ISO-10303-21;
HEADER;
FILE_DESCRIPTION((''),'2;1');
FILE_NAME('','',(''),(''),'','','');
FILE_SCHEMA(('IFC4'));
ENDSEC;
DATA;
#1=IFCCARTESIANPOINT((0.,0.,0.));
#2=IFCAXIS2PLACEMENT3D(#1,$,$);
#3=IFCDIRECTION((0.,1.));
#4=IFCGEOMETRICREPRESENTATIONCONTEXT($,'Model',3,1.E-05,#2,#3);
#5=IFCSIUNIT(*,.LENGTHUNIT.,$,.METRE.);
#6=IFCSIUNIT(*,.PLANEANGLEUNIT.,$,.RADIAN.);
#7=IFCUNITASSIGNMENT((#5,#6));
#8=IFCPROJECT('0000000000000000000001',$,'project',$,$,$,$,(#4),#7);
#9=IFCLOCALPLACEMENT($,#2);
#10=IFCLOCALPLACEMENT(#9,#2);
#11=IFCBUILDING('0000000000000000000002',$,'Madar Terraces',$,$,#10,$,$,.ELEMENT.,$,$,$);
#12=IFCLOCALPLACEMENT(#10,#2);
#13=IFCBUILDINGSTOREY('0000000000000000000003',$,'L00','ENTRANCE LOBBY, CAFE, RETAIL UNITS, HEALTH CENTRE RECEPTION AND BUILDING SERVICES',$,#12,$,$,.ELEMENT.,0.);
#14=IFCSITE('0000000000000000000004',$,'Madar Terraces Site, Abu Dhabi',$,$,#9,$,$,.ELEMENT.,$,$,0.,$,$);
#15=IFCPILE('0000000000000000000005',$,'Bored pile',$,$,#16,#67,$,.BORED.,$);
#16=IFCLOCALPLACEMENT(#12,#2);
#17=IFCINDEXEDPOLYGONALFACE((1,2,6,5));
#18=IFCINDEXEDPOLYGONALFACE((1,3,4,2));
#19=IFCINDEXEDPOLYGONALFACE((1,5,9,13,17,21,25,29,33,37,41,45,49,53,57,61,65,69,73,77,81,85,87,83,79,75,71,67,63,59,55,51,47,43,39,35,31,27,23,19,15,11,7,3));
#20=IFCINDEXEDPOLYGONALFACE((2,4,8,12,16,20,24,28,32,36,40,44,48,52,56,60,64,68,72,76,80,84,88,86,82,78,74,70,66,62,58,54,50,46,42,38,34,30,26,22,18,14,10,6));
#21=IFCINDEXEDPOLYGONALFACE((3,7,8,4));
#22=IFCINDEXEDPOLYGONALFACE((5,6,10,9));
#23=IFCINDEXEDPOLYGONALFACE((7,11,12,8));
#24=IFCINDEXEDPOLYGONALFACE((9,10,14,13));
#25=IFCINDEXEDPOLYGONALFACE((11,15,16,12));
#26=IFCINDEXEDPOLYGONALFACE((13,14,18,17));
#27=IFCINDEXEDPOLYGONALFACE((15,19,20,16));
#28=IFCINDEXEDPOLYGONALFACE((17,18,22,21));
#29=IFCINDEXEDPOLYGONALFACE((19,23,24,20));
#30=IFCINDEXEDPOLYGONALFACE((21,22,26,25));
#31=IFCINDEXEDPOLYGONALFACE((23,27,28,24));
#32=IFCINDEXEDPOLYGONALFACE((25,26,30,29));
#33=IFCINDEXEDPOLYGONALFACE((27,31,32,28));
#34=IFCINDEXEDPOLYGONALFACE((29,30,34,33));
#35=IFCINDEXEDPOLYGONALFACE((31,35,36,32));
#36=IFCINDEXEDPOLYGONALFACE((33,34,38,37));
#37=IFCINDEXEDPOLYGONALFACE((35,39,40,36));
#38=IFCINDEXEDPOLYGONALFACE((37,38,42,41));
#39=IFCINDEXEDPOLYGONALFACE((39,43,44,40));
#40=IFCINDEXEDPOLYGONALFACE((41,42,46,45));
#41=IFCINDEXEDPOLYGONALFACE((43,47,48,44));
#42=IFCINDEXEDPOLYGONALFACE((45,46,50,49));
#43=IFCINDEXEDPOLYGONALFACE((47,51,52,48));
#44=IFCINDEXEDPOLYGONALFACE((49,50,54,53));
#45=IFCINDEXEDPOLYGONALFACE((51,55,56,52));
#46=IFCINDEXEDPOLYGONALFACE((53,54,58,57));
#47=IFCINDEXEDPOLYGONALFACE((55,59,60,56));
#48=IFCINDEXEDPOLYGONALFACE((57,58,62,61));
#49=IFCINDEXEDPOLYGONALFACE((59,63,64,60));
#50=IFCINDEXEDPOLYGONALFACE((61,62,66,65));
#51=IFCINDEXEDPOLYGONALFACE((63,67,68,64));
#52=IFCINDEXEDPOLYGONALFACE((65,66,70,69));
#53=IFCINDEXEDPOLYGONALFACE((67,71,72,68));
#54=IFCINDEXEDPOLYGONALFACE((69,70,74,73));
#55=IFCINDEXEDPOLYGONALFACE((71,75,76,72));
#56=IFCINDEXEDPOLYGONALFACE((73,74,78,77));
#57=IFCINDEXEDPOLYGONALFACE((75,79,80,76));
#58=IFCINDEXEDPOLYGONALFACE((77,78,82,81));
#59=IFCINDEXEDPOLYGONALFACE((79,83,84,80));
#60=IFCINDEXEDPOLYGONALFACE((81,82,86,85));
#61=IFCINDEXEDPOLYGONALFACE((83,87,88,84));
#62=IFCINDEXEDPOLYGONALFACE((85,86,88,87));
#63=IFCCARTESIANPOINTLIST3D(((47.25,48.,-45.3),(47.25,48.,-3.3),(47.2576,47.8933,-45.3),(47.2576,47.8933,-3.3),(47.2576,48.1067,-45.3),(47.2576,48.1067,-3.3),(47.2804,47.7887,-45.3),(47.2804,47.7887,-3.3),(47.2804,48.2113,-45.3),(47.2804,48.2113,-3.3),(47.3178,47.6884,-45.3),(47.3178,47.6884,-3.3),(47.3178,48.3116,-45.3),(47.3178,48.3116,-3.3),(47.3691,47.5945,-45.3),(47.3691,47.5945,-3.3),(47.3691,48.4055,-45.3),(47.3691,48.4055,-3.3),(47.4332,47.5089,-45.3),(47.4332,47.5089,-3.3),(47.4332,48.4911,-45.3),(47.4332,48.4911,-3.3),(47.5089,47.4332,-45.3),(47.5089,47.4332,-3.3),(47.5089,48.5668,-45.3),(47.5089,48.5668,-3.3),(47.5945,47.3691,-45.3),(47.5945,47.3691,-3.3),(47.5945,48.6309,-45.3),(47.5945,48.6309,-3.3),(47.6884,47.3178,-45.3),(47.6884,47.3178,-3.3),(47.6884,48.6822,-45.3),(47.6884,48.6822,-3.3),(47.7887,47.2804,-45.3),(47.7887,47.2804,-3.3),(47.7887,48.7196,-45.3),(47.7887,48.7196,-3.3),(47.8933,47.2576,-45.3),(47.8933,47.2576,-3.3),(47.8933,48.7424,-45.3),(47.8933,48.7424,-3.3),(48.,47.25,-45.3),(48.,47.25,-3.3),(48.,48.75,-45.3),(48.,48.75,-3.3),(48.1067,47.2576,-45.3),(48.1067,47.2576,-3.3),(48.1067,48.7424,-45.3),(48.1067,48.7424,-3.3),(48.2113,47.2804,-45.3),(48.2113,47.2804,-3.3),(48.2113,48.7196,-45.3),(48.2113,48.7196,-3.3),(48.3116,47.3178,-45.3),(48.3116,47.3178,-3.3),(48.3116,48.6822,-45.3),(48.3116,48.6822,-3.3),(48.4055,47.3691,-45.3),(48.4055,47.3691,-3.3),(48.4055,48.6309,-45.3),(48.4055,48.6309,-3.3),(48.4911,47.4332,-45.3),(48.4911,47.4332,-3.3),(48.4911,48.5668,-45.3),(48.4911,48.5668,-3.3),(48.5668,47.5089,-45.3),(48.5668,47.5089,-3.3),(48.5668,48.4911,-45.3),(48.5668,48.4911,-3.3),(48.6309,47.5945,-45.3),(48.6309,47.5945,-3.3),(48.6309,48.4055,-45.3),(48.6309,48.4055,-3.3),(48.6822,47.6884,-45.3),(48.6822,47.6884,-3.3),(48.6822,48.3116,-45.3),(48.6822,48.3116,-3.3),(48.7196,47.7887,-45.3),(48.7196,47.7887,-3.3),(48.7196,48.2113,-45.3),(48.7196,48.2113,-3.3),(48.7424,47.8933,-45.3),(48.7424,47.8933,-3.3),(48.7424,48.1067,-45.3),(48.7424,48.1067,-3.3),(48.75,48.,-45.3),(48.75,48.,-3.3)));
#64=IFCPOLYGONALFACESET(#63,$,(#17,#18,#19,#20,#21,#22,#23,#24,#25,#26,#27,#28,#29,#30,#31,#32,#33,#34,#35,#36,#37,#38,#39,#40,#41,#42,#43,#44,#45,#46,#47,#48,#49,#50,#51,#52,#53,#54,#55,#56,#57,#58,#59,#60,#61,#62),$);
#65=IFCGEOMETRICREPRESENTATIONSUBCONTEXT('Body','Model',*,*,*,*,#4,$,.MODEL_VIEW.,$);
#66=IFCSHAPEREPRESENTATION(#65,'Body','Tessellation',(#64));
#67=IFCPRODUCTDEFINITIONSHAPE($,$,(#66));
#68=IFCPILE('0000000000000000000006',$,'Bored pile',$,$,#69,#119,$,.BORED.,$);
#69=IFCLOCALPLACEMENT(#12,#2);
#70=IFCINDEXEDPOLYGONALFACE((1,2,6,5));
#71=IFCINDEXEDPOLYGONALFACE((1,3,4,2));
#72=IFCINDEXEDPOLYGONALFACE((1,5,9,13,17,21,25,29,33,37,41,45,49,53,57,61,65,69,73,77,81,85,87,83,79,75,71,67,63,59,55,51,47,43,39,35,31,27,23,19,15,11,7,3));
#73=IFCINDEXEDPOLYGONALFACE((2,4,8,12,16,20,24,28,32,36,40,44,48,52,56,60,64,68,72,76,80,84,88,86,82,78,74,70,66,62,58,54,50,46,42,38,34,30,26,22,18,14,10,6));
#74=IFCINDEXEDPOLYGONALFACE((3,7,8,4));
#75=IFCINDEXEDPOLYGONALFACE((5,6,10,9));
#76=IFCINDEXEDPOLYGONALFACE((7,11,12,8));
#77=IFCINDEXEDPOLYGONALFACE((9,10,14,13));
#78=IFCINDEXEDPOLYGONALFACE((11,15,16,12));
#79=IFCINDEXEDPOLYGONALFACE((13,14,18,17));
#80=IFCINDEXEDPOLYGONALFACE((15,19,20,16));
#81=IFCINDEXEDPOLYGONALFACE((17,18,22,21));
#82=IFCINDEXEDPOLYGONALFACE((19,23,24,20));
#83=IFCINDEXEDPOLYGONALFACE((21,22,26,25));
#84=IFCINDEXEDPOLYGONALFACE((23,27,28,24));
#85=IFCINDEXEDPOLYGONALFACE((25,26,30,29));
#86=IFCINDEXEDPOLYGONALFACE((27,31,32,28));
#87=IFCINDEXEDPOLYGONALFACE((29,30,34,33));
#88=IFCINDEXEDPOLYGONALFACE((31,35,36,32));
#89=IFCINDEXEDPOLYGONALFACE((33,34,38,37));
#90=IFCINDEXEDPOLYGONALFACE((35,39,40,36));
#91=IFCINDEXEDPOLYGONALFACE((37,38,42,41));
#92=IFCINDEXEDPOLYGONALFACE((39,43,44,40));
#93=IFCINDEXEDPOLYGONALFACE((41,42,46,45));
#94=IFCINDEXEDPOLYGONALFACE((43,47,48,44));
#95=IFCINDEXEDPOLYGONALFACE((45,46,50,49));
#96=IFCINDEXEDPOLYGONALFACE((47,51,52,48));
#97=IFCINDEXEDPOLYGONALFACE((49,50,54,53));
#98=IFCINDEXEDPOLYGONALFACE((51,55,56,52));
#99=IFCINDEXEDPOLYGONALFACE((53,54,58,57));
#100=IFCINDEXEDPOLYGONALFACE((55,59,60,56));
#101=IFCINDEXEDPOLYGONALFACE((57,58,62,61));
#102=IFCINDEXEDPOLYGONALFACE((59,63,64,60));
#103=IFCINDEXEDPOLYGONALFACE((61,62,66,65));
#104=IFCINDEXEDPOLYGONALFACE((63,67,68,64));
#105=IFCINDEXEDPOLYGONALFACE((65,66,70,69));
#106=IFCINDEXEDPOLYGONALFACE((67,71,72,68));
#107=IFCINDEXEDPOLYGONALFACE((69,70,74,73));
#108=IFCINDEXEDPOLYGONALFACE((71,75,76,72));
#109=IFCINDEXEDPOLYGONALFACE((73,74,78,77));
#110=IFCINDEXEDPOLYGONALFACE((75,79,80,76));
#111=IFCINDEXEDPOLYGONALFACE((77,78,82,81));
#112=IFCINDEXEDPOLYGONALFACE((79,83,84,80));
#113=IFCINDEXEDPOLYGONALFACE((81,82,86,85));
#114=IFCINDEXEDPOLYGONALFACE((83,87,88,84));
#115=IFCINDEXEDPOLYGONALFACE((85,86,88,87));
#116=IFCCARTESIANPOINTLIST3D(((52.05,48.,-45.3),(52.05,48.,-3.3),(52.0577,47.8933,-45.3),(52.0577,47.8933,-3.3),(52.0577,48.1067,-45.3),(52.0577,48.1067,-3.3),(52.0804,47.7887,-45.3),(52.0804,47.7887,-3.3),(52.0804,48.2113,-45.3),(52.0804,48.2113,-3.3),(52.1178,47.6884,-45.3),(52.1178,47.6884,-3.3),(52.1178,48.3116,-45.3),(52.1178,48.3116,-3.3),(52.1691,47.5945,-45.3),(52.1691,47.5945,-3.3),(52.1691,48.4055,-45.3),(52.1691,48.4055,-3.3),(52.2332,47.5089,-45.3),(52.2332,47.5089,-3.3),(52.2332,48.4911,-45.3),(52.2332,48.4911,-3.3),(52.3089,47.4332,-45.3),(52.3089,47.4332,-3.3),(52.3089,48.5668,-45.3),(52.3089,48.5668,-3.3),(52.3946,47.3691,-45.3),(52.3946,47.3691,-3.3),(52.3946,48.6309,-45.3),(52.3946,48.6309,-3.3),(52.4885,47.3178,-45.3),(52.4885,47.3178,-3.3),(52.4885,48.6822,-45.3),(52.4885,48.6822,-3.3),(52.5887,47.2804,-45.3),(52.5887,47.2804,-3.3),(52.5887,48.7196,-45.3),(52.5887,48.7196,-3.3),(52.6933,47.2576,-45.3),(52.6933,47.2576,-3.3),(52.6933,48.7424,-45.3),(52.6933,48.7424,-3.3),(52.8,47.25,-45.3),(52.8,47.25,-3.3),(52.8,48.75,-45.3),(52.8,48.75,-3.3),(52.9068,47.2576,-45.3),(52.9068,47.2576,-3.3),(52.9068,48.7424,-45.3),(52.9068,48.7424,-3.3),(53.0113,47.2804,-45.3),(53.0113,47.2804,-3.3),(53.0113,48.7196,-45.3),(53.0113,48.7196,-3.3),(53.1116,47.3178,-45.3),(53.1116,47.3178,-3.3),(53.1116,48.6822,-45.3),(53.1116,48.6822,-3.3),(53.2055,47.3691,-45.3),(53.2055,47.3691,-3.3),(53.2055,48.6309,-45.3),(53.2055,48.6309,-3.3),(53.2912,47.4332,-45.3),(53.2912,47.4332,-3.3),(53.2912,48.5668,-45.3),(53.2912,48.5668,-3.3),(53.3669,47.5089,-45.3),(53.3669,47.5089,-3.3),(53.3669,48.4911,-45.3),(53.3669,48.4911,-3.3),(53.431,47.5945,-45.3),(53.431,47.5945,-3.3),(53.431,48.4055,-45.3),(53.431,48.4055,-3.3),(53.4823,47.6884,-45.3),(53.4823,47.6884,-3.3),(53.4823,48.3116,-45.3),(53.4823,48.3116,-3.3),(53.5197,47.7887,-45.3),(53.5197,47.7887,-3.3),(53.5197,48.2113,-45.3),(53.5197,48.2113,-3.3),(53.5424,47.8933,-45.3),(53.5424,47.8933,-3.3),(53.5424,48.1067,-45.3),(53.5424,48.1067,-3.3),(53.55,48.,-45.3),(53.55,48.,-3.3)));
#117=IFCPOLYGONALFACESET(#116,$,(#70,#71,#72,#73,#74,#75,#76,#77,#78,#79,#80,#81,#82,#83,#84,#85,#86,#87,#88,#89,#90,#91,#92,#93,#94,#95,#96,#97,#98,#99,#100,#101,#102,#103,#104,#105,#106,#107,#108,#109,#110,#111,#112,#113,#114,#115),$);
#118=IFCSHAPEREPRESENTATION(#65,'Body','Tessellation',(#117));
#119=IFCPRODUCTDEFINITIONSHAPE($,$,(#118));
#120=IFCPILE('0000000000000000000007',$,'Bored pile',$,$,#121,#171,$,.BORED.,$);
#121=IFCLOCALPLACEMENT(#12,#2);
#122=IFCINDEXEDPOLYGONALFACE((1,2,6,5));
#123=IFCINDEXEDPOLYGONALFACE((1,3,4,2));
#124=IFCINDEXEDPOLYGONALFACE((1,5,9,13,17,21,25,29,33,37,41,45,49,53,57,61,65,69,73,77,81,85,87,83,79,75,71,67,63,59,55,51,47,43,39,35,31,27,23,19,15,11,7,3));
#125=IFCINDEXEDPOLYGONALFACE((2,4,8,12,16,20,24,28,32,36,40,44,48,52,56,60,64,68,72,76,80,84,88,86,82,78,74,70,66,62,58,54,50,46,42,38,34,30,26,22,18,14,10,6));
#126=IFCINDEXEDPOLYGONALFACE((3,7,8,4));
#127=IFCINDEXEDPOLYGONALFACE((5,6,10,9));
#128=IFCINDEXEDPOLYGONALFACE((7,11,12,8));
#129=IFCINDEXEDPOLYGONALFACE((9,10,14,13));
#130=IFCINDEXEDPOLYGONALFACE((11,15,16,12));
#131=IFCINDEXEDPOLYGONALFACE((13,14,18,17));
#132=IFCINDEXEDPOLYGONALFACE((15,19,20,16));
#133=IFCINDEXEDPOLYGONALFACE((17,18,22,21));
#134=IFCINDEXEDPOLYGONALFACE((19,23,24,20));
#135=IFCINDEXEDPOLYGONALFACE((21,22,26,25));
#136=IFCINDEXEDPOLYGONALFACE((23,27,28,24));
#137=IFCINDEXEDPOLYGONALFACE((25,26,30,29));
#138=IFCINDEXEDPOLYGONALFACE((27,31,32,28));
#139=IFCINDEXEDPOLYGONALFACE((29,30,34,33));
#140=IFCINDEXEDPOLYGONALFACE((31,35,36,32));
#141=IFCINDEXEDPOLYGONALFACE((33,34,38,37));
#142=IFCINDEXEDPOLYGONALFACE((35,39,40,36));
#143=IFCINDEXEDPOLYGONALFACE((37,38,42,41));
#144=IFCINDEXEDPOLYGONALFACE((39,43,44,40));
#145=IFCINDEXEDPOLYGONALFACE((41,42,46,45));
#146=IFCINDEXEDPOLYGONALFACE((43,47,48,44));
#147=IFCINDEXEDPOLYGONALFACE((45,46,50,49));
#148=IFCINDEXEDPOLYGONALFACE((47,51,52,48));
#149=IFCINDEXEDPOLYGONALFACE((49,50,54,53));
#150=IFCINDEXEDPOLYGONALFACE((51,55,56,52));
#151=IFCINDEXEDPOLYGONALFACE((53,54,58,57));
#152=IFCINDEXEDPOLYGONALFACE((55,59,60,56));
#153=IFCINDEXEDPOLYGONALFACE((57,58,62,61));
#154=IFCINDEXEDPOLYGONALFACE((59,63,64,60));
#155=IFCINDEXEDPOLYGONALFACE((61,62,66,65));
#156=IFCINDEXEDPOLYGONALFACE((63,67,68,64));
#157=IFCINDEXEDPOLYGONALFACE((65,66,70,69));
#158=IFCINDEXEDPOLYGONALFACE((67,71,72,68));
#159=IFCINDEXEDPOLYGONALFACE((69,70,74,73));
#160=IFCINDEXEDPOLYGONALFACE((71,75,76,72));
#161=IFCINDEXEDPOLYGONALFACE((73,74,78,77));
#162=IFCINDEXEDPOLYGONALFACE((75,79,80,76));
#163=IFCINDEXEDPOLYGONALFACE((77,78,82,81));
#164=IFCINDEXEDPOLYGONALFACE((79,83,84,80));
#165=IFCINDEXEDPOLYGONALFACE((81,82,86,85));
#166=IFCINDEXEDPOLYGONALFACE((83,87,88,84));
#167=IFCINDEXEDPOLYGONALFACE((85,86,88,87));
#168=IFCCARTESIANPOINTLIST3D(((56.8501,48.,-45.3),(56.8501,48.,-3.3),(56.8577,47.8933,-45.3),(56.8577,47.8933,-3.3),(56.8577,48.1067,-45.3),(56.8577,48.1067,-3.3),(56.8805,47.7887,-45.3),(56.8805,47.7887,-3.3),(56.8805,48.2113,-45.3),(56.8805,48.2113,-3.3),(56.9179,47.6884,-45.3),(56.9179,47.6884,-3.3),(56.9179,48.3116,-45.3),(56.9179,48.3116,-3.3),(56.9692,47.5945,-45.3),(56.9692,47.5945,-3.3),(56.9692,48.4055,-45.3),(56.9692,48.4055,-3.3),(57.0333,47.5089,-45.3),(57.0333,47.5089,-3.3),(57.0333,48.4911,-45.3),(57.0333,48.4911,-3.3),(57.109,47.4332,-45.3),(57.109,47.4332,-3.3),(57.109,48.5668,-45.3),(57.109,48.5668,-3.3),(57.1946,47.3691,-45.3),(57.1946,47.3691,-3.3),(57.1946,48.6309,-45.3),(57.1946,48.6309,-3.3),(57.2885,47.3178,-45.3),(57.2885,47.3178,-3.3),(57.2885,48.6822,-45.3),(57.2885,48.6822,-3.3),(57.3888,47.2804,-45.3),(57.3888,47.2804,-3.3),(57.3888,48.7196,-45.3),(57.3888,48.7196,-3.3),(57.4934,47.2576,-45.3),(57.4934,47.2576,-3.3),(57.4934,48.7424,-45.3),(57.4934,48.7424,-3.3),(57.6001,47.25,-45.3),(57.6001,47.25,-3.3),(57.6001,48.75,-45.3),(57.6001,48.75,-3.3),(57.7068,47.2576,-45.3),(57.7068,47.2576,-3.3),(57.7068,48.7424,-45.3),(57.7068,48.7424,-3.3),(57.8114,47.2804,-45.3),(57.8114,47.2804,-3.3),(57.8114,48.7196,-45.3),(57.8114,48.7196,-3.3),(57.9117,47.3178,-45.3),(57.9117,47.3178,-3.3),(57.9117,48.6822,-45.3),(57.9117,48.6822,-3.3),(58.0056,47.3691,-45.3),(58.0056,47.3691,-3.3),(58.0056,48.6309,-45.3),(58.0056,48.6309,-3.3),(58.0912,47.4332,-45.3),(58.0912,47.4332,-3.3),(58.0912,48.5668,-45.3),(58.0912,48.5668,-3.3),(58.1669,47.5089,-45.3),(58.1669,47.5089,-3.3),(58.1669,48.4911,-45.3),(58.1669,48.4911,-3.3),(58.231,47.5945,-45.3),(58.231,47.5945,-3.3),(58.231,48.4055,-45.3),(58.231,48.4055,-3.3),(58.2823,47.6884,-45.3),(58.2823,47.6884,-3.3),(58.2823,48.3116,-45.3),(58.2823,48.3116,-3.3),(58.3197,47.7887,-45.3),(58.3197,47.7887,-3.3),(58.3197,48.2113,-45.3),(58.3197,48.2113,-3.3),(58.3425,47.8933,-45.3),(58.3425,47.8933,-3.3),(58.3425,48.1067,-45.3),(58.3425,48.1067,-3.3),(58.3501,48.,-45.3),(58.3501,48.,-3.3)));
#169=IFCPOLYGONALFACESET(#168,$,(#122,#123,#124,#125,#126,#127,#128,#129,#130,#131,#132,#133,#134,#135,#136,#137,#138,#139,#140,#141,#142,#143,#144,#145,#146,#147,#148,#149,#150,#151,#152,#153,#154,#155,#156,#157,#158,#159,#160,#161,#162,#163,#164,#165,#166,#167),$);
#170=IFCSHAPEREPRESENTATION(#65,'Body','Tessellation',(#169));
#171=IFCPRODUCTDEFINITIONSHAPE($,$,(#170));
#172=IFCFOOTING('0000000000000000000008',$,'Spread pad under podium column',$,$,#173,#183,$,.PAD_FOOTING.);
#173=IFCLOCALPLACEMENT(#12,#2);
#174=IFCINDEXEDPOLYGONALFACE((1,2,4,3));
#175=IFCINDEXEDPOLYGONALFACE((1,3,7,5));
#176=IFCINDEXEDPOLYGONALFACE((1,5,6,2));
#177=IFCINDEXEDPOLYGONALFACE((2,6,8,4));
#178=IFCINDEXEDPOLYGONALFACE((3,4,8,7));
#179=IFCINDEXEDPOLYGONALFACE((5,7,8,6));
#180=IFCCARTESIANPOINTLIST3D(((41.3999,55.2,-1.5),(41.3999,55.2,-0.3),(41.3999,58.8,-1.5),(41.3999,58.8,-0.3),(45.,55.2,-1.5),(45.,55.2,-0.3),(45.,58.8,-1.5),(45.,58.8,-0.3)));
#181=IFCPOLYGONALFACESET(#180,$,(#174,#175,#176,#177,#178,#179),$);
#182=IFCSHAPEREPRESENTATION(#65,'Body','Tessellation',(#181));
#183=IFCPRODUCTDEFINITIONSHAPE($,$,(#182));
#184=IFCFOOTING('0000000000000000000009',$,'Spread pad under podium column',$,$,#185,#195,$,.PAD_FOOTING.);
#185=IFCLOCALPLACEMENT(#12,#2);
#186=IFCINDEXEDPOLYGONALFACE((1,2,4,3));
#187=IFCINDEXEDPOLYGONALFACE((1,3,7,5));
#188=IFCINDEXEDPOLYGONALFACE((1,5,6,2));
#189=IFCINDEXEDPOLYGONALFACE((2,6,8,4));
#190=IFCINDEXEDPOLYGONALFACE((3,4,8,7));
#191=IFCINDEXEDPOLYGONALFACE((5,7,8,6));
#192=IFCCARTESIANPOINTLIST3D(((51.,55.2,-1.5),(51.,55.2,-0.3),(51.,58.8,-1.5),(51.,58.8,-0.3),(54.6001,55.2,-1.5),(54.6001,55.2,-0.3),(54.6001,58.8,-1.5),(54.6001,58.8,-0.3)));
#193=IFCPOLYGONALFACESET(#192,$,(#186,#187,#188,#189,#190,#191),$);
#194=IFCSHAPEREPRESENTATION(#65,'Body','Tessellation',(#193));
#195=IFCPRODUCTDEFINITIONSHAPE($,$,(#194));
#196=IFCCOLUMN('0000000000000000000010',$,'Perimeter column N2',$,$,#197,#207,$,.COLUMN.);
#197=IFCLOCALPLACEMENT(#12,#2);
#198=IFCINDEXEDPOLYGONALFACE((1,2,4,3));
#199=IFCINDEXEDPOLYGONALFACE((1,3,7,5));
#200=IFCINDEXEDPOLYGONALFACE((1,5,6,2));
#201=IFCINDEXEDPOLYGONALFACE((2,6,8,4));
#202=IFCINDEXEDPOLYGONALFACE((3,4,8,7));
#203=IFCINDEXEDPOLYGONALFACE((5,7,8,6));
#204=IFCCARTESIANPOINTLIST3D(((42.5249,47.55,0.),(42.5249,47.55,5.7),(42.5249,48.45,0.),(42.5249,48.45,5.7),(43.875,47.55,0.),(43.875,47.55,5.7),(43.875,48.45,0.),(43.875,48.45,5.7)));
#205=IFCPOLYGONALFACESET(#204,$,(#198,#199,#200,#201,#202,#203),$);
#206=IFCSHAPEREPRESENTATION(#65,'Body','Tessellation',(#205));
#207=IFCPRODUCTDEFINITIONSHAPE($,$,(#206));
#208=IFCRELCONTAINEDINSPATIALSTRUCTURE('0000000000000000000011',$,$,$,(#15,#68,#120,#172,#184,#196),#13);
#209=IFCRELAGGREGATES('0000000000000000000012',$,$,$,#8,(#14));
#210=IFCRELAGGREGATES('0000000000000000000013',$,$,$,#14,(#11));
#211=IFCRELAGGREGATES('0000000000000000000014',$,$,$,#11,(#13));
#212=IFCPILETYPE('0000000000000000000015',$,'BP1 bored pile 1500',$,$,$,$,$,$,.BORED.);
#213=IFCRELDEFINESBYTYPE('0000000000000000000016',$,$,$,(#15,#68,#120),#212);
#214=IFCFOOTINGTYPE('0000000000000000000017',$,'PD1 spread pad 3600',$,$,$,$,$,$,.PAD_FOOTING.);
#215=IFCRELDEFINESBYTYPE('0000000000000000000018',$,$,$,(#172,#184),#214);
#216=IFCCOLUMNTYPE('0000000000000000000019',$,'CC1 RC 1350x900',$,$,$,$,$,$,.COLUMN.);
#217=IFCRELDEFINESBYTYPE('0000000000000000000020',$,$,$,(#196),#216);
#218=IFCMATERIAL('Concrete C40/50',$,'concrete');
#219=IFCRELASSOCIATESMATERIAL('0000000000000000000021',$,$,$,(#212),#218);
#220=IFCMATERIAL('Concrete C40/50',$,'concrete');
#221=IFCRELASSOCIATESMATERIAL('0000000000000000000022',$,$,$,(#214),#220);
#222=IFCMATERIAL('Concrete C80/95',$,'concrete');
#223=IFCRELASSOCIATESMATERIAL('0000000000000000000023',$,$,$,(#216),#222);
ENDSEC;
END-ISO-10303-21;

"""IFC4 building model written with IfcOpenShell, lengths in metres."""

from ifc_helpers import new_model, si_unit, direction, frame, origin, origin_2d, place, context, subcontext, project, spatial, rectangle, circle, extrude, material, material_profile, profile_set, type_object, element, save


model = new_model("IFC4")

# Units and contexts
model_context = context("Model", 3, precision=1e-05, world=origin(), true_north=direction((0.0, 1.0)))
body_context = subcontext(model_context, "Body", "Model", "MODEL_VIEW")
ifc_project = project(units=[si_unit("LENGTHUNIT", "METRE"), si_unit("PLANEANGLEUNIT", "RADIAN")], contexts=[model_context])

# Site, building, storey
site_placement = place(None, origin())
site = spatial("IfcSite", under=ifc_project, at=site_placement, Name="Madar Terraces Site, Abu Dhabi", CompositionType="ELEMENT", RefElevation=0.0)
building_placement = place(site_placement, origin())
building = spatial("IfcBuilding", under=site, at=building_placement, Name="Madar Terraces", CompositionType="ELEMENT")
storey_placement = place(building_placement, origin())
storey = spatial("IfcBuildingStorey", under=building, at=storey_placement, Name="L00", Description="ENTRANCE LOBBY, CAFE, RETAIL UNITS, HEALTH CENTRE RECEPTION AND BUILDING SERVICES", CompositionType="ELEMENT", Elevation=0.0)

# Piles
ifc_material_1 = material(Name="Concrete C40/50", Category="concrete")
ifc_material_profile_1 = material_profile(ifc_material_1, circle(Radius=0.75, at=origin_2d()), Name="BP1 bored pile 1500")
ifc_profile_set_1 = profile_set([ifc_material_profile_1], Name="Concrete C40/50")
pile_type = type_object("IfcPileType", Name="BP1 bored pile 1500", PredefinedType="BORED", material=ifc_profile_set_1)
for number, where, z_axis, x_axis, name in (
    (1, (48.0, 48.0, -3.3), (0.0, 0.0, -1.0), (1.0, 0.0, 0.0), "Bored pile"),
    (2, (52.8, 48.0, -3.3), (0.0, 0.0, -1.0), (1.0, 0.0, 0.0), "Bored pile"),
    (3, (57.6001, 48.0, -3.3), (0.0, 0.0, -1.0), (1.0, 0.0, 0.0), "Bored pile"),
):
    element("IfcPile", number, at=place(storey_placement, frame(where, z_axis=z_axis, x_axis=x_axis)), inside=storey, type_object=pile_type, Name=name, PredefinedType="BORED", context=body_context, shape_type="SweptSolid", body=[
        extrude(circle(Radius=0.75, at=origin_2d()), origin(), (0.0, 0.0, 1.0), 42.0),
    ])

# Footings
ifc_material_2 = material(Name="Concrete C40/50", Category="concrete")
footing_type = type_object("IfcFootingType", Name="PD1 spread pad 3600", PredefinedType="PAD_FOOTING", material=ifc_material_2)
for number, where, z_axis, x_axis, name in (
    (4, (43.2, 57.0, -1.5), (0.0, 0.0, 1.0), (1.0, 0.0, 0.0), "Spread pad under podium column"),
    (5, (52.8, 57.0, -1.5), (0.0, 0.0, 1.0), (1.0, 0.0, 0.0), "Spread pad under podium column"),
):
    element("IfcFooting", number, at=place(storey_placement, frame(where, z_axis=z_axis, x_axis=x_axis)), inside=storey, type_object=footing_type, Name=name, PredefinedType="PAD_FOOTING", context=body_context, shape_type="SweptSolid", body=[
        extrude(rectangle(XDim=3.6001, YDim=3.6001, at=origin_2d()), origin(), (0.0, 0.0, 1.0), 1.2),
    ])

# Column
ifc_material_3 = material(Name="Concrete C80/95", Category="concrete")
ifc_material_profile_2 = material_profile(ifc_material_3, rectangle(XDim=1.3501, YDim=0.8999, at=origin_2d()), Name="CC1 RC 1350x900")
ifc_profile_set_2 = profile_set([ifc_material_profile_2], Name="Concrete C80/95")
column_type_1 = type_object("IfcColumnType", Name="CC1 RC 1350x900", PredefinedType="COLUMN", material=ifc_profile_set_2)
column_placement = place(storey_placement, frame((43.2, 48.0, 0.0), z_axis=(0.0, 0.0, 1.0), x_axis=(1.0, 0.0, 0.0)))
element("IfcColumn", 6, at=column_placement, inside=storey, type_object=column_type_1, Name="Perimeter column N2", PredefinedType="COLUMN", context=body_context, shape_type="SweptSolid", body=[
    extrude(rectangle(XDim=1.3501, YDim=0.8999, at=origin_2d()), origin(), (0.0, 0.0, 1.0), 5.7),
])

save(model, "model.ifc")
